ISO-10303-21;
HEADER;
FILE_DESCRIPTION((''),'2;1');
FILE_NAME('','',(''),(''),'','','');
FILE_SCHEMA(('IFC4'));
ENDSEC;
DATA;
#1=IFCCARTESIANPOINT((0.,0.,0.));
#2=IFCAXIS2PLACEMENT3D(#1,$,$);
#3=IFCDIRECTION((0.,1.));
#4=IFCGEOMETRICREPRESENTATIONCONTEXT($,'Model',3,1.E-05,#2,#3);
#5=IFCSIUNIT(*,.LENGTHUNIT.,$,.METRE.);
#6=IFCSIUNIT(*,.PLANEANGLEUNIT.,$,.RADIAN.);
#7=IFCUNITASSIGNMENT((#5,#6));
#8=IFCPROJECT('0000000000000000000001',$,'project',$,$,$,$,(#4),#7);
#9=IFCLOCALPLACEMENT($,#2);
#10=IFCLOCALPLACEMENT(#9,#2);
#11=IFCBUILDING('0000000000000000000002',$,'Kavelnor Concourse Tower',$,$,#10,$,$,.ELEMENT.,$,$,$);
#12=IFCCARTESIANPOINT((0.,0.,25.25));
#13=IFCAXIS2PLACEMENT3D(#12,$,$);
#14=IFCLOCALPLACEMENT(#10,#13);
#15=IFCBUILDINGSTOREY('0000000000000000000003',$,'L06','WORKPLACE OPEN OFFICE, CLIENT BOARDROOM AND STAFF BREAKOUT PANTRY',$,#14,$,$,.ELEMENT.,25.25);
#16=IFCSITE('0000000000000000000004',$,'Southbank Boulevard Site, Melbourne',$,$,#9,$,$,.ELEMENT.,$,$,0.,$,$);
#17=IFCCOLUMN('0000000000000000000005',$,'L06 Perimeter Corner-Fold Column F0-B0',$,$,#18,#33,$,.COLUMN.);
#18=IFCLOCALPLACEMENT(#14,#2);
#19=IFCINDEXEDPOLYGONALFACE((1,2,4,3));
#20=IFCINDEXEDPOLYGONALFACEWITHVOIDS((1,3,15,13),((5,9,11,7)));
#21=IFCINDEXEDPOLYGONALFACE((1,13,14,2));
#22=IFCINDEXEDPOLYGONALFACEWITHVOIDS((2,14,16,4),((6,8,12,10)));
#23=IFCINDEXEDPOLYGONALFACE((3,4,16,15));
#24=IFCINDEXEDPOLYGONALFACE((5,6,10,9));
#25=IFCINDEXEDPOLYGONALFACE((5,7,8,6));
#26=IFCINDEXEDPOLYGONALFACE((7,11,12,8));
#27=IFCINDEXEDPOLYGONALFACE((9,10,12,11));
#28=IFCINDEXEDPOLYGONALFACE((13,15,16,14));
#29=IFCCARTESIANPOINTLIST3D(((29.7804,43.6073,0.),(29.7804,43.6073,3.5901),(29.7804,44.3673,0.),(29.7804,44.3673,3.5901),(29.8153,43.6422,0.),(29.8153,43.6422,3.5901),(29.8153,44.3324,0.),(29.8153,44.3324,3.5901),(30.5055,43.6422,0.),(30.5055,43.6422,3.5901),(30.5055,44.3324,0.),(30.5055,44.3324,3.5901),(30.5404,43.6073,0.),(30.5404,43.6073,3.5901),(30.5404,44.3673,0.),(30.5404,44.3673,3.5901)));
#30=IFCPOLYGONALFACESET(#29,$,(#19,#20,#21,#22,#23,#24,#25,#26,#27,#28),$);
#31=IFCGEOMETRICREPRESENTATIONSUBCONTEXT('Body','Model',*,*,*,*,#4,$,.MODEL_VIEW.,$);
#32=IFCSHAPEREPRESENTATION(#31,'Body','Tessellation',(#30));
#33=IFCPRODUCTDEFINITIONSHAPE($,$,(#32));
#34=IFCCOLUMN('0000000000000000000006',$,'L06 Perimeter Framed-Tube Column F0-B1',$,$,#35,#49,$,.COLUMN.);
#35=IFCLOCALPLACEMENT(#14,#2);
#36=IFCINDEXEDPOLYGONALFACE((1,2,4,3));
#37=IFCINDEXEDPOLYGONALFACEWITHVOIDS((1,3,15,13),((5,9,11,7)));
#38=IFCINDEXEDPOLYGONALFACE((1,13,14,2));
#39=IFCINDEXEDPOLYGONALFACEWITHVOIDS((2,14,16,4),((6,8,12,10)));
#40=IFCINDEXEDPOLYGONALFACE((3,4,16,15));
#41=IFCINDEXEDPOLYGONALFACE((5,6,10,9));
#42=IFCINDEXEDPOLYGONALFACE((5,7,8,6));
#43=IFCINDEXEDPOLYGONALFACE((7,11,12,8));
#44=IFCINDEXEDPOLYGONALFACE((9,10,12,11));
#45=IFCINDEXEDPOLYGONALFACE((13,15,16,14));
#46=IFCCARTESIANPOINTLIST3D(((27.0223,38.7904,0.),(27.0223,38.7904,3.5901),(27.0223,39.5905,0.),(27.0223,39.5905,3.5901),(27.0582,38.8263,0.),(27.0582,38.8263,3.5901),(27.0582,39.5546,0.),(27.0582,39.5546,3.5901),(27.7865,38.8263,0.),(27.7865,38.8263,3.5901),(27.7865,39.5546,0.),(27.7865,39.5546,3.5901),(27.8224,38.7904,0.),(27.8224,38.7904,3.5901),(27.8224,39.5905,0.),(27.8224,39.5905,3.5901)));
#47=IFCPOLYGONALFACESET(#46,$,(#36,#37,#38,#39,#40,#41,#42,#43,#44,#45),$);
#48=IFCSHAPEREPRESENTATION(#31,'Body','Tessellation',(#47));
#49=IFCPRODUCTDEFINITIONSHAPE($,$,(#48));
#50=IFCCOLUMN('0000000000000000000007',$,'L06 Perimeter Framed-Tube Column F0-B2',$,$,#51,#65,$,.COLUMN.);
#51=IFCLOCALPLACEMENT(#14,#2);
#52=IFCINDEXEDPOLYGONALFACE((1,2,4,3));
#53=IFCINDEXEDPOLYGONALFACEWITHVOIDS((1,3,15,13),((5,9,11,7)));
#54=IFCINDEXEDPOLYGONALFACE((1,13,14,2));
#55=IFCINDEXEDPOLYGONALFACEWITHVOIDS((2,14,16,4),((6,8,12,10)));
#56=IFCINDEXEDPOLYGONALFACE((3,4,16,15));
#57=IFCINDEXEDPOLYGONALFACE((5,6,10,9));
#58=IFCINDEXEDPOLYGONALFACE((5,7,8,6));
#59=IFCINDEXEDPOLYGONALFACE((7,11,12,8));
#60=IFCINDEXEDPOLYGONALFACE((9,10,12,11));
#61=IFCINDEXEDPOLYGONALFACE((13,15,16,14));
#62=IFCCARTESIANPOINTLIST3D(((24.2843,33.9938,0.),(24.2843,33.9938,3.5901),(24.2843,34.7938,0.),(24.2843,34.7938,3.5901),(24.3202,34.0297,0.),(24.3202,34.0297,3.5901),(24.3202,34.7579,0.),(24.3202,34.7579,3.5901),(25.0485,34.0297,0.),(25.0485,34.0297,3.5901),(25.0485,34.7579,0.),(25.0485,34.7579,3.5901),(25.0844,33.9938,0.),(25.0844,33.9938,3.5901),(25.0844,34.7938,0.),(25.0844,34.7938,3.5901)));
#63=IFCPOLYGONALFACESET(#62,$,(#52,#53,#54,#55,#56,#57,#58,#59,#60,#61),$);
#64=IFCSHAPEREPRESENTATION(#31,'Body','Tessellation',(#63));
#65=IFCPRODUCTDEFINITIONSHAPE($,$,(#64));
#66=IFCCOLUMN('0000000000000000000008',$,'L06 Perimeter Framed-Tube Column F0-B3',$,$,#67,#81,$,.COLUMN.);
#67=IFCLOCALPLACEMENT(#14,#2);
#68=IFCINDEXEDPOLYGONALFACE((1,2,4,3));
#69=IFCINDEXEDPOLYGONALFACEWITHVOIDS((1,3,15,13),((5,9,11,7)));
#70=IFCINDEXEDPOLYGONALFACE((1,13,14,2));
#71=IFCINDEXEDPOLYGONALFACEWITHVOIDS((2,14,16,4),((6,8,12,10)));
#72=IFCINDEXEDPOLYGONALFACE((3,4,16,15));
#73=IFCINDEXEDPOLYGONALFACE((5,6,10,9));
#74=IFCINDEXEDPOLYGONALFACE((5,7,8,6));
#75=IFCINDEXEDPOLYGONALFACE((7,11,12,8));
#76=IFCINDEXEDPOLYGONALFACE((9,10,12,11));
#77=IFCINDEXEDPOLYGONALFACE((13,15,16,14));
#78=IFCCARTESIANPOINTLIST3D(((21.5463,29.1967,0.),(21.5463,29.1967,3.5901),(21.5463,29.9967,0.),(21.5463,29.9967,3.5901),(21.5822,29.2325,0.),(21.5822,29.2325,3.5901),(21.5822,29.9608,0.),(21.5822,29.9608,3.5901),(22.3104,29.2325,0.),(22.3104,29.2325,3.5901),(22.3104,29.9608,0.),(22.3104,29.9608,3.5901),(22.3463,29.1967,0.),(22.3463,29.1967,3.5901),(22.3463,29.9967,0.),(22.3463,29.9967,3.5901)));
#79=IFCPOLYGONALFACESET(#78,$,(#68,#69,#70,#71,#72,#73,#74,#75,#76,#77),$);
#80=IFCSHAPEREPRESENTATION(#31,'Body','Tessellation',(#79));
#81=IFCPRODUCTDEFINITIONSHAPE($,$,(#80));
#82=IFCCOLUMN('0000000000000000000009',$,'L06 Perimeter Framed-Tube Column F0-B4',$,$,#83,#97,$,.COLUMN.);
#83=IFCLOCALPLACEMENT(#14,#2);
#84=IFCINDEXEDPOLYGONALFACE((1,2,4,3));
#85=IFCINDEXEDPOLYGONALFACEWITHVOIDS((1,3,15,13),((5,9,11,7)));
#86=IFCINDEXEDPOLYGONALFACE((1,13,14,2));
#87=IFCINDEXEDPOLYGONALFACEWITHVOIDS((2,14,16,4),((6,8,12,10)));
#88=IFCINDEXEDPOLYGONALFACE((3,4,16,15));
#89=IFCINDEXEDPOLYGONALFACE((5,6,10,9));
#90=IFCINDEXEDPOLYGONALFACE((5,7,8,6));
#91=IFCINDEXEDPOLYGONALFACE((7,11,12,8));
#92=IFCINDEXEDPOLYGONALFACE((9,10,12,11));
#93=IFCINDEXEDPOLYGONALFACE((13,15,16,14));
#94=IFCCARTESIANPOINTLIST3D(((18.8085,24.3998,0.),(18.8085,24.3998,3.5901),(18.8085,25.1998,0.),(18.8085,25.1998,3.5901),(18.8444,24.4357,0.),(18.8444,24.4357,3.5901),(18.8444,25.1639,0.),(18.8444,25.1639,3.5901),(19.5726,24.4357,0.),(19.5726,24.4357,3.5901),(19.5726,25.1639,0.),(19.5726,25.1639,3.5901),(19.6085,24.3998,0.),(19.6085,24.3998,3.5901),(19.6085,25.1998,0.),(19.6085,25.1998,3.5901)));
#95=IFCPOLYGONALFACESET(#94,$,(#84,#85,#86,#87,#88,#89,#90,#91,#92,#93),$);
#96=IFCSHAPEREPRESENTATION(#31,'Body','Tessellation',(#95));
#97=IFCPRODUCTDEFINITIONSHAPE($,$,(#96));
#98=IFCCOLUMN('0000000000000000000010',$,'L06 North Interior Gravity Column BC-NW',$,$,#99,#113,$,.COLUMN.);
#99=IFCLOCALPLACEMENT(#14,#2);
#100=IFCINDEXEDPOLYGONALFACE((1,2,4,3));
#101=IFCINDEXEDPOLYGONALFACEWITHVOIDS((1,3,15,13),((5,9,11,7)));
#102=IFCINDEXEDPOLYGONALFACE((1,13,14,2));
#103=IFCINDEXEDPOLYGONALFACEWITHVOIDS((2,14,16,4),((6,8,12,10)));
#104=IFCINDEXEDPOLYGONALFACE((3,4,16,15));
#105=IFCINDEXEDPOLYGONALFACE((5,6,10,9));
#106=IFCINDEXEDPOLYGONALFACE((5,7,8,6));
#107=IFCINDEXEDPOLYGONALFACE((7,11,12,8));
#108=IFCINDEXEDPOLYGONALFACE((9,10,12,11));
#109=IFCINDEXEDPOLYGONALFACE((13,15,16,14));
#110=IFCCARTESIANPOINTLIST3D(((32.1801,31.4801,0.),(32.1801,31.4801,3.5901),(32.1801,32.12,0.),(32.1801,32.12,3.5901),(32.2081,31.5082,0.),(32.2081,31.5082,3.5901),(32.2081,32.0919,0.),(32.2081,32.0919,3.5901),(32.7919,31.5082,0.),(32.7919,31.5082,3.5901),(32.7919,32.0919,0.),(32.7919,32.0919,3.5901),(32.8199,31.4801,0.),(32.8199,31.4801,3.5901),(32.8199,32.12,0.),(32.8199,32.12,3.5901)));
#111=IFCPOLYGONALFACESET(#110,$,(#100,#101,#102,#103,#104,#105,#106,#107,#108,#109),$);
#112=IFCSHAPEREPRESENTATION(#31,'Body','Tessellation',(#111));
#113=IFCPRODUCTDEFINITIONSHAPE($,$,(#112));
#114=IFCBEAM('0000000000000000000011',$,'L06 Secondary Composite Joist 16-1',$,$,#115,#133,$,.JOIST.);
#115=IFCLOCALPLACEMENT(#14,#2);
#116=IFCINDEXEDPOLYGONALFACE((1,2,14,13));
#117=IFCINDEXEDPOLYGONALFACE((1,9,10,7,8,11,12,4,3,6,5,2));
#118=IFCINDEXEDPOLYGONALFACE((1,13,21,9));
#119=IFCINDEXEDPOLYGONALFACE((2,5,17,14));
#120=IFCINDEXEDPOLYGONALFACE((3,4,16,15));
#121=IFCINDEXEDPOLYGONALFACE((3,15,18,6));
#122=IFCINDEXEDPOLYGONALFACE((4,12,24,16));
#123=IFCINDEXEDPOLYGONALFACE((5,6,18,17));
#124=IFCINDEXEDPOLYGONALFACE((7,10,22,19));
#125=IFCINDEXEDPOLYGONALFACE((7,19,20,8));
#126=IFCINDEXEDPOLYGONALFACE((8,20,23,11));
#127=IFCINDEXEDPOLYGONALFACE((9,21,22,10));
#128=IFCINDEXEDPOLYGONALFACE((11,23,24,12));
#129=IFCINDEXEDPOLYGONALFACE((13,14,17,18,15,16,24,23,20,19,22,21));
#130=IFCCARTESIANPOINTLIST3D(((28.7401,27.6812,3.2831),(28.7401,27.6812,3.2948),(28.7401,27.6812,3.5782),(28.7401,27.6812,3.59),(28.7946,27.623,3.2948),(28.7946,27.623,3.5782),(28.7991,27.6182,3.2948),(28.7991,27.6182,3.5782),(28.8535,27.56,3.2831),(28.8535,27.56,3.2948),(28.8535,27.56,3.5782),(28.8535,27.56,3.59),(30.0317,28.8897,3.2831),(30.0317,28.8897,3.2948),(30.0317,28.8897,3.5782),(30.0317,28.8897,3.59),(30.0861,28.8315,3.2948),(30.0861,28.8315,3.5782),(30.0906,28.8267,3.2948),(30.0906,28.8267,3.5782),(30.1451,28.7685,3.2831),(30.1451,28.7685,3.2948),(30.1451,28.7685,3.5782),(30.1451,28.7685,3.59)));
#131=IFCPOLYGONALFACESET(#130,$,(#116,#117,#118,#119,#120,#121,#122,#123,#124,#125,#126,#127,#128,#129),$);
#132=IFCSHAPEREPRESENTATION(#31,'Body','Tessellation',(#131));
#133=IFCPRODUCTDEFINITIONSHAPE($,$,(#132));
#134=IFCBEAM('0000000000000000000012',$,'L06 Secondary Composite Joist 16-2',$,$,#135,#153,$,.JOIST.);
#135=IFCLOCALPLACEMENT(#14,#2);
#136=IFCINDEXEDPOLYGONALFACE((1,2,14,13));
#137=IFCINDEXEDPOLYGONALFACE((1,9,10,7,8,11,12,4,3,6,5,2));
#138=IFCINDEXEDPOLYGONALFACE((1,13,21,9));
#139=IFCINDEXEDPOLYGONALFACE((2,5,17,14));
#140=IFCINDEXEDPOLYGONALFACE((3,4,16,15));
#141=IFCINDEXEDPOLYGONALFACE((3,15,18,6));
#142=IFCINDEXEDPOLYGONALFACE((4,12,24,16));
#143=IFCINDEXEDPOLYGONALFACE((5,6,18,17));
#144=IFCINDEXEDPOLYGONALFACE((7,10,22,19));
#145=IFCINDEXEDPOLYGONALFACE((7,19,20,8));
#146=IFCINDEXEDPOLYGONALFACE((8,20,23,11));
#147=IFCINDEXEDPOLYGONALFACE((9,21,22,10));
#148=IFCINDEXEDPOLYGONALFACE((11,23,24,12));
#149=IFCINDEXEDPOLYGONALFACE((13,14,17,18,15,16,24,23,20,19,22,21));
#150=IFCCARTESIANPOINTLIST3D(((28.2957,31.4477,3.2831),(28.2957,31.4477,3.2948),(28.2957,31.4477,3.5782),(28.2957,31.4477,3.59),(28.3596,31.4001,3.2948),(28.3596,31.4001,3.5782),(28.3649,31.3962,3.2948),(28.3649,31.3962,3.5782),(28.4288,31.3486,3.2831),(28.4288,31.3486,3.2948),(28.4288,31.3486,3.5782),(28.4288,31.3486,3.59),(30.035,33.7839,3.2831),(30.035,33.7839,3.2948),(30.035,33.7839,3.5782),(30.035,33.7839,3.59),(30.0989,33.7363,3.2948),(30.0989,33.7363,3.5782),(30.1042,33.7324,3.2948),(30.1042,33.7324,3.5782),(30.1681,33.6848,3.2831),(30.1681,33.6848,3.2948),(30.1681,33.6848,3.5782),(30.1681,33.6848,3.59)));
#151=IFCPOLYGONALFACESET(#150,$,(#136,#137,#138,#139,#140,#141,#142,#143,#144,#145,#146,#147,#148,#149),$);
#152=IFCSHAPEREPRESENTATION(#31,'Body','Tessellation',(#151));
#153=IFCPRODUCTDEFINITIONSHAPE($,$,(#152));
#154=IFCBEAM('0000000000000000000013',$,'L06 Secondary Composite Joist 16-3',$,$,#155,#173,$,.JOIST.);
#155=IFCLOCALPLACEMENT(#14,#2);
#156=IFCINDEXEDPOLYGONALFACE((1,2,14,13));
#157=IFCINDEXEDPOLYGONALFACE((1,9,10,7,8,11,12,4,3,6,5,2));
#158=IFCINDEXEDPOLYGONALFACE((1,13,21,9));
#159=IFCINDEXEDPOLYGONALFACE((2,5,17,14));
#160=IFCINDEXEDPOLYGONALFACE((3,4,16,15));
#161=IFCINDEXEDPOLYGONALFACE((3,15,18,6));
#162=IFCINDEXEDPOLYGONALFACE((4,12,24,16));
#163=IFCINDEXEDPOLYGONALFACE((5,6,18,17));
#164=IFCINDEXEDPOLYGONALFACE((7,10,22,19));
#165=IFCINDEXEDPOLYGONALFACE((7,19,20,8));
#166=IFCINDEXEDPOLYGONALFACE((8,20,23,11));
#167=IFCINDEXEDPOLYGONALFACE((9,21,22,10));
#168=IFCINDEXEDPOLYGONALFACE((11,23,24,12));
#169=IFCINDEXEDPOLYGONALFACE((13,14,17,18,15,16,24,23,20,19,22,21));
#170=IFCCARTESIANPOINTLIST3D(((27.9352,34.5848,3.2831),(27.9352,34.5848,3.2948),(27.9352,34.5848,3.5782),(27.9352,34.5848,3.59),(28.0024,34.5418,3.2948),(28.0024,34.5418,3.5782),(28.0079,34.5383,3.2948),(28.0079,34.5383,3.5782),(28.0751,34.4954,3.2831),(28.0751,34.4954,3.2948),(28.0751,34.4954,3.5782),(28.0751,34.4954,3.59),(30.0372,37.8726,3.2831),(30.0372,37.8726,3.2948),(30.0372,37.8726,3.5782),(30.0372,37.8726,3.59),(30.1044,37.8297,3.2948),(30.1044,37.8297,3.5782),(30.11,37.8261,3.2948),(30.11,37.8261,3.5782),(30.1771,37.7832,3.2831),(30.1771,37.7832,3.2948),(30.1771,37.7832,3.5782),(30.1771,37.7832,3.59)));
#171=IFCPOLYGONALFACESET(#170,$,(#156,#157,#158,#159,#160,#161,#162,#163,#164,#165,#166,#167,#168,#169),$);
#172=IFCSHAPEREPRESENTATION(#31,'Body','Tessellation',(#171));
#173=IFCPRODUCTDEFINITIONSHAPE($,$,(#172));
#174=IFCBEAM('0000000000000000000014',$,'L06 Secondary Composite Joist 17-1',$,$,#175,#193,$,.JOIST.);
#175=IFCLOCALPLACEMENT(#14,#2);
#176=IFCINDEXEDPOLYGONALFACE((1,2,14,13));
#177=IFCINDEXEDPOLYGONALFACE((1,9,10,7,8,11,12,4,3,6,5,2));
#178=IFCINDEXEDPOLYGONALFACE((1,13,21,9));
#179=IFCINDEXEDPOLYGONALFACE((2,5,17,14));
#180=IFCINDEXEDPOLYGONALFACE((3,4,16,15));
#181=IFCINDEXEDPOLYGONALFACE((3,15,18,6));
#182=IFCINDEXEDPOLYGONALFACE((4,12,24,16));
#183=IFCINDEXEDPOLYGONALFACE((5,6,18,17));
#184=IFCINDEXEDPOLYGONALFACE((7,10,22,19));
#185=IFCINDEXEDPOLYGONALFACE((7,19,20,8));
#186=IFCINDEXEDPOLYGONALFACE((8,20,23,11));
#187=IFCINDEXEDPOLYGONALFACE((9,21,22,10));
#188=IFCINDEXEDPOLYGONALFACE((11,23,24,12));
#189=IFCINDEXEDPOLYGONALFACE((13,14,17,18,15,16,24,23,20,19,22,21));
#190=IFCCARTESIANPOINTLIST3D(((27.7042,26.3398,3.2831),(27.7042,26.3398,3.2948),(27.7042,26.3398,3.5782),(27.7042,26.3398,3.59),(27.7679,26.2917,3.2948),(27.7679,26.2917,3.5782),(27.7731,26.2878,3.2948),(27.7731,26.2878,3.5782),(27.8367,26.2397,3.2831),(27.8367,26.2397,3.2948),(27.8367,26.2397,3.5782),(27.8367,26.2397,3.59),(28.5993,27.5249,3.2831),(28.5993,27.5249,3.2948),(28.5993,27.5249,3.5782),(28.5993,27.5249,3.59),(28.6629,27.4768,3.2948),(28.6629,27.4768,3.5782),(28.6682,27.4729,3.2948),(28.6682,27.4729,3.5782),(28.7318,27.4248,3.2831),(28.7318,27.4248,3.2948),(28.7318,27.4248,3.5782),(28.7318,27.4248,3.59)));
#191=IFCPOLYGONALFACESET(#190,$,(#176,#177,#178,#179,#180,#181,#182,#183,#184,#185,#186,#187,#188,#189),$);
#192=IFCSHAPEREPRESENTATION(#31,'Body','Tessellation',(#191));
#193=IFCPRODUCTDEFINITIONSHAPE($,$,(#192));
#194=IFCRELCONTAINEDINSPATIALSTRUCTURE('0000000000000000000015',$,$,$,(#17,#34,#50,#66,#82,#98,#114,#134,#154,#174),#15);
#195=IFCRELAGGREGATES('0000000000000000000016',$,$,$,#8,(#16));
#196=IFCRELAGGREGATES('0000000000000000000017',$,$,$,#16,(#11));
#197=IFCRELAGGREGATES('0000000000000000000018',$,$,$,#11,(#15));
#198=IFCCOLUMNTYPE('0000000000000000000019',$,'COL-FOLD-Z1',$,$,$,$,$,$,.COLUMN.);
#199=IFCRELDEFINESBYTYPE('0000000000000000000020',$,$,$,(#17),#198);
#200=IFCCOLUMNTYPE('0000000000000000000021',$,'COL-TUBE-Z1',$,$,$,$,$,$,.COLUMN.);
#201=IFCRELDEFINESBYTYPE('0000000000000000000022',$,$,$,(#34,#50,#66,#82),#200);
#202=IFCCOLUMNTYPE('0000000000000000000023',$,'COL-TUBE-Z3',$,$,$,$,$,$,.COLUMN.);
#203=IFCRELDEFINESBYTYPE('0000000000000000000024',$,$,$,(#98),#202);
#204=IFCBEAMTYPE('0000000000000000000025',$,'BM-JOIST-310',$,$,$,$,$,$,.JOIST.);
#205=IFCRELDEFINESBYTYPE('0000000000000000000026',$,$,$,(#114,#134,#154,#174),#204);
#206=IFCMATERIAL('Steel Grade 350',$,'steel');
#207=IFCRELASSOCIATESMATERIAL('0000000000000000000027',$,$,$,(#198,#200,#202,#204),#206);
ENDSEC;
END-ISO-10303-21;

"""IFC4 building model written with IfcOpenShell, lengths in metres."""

from ifc_helpers import new_model, si_unit, direction, frame, origin, origin_2d, place, context, subcontext, project, spatial, hollow_rectangle, i_section, extrude, material, material_profile, profile_set, type_object, element, save


model = new_model("IFC4")

# Units and contexts
model_context = context("Model", 3, precision=1e-05, world=origin(), true_north=direction((0.0, 1.0)))
body_context = subcontext(model_context, "Body", "Model", "MODEL_VIEW")
ifc_project = project(units=[si_unit("LENGTHUNIT", "METRE"), si_unit("PLANEANGLEUNIT", "RADIAN")], contexts=[model_context])

# Site, building, storey
site_placement = place(None, origin())
site = spatial("IfcSite", under=ifc_project, at=site_placement, Name="Southbank Boulevard Site, Melbourne", CompositionType="ELEMENT", RefElevation=0.0)
building_placement = place(site_placement, origin())
building = spatial("IfcBuilding", under=site, at=building_placement, Name="Kavelnor Concourse Tower", CompositionType="ELEMENT")
storey_placement = place(building_placement, frame((0.0, 0.0, 25.25)))
storey = spatial("IfcBuildingStorey", under=building, at=storey_placement, Name="L06", Description="WORKPLACE OPEN OFFICE, CLIENT BOARDROOM AND STAFF BREAKOUT PANTRY", CompositionType="ELEMENT", Elevation=25.25)

# Columns
ifc_material_1 = material(Name="Steel Grade 350", Category="steel")
ifc_material_profile_1 = material_profile(ifc_material_1, hollow_rectangle(XDim=0.76, YDim=0.76, WallThickness=0.0349, at=origin_2d()), Name="SHS 760x760x35")
ifc_profile_set_1 = profile_set([ifc_material_profile_1], Name="Steel Grade 350")
column_type_1 = type_object("IfcColumnType", Name="COL-FOLD-Z1", PredefinedType="COLUMN", material=ifc_profile_set_1)
column_1_placement = place(storey_placement, frame((30.1604, 43.9873, 0.0), z_axis=(0.0, 0.0, 1.0), x_axis=(1.0, 0.0, 0.0)))
element("IfcColumn", 1, at=column_1_placement, inside=storey, type_object=column_type_1, Name="L06 Perimeter Corner-Fold Column F0-B0", PredefinedType="COLUMN", context=body_context, shape_type="SweptSolid", body=[
    extrude(hollow_rectangle(XDim=0.76, YDim=0.76, WallThickness=0.0349, at=origin_2d()), origin(), (0.0, 0.0, 1.0), 3.5901),
])
ifc_material_profile_2 = material_profile(ifc_material_1, hollow_rectangle(XDim=0.8, YDim=0.8, WallThickness=0.0359, at=origin_2d()), Name="SHS 800x800x36")
ifc_profile_set_2 = profile_set([ifc_material_profile_2], Name="Steel Grade 350")
column_type_2 = type_object("IfcColumnType", Name="COL-TUBE-Z1", PredefinedType="COLUMN", material=ifc_profile_set_2)
for number, where, z_axis, x_axis, name in (
    (2, (27.4224, 39.1904, 0.0), (0.0, 0.0, 1.0), (1.0, 0.0, 0.0), "L06 Perimeter Framed-Tube Column F0-B1"),
    (3, (24.6843, 34.3938, 0.0), (0.0, 0.0, 1.0), (1.0, 0.0, 0.0), "L06 Perimeter Framed-Tube Column F0-B2"),
    (4, (21.9463, 29.5967, 0.0), (0.0, 0.0, 1.0), (1.0, 0.0, 0.0), "L06 Perimeter Framed-Tube Column F0-B3"),
    (5, (19.2085, 24.7998, 0.0), (0.0, 0.0, 1.0), (1.0, 0.0, 0.0), "L06 Perimeter Framed-Tube Column F0-B4"),
):
    element("IfcColumn", number, at=place(storey_placement, frame(where, z_axis=z_axis, x_axis=x_axis)), inside=storey, type_object=column_type_2, Name=name, PredefinedType="COLUMN", context=body_context, shape_type="SweptSolid", body=[
        extrude(hollow_rectangle(XDim=0.8, YDim=0.8, WallThickness=0.0359, at=origin_2d()), origin(), (0.0, 0.0, 1.0), 3.5901),
    ])
ifc_material_profile_3 = material_profile(ifc_material_1, hollow_rectangle(XDim=0.6399, YDim=0.6399, WallThickness=0.0281, at=origin_2d()), Name="SHS 640x640x28")
ifc_profile_set_3 = profile_set([ifc_material_profile_3], Name="Steel Grade 350")
column_type_3 = type_object("IfcColumnType", Name="COL-TUBE-Z3", PredefinedType="COLUMN", material=ifc_profile_set_3)
column_2_placement = place(storey_placement, frame((32.5, 31.8, 0.0), z_axis=(0.0, 0.0, 1.0), x_axis=(1.0, 0.0, 0.0)))
element("IfcColumn", 6, at=column_2_placement, inside=storey, type_object=column_type_3, Name="L06 North Interior Gravity Column BC-NW", PredefinedType="COLUMN", context=body_context, shape_type="SweptSolid", body=[
    extrude(hollow_rectangle(XDim=0.6399, YDim=0.6399, WallThickness=0.0281, at=origin_2d()), origin(), (0.0, 0.0, 1.0), 3.5901),
])

# Beams
ifc_material_profile_4 = material_profile(ifc_material_1, i_section(OverallWidth=0.166, OverallDepth=0.3069, WebThickness=0.0066, FlangeThickness=0.0117, at=origin_2d()), Name="310UB46")
ifc_profile_set_4 = profile_set([ifc_material_profile_4], Name="Steel Grade 350")
beam_type_1 = type_object("IfcBeamType", Name="BM-JOIST-310", PredefinedType="JOIST", material=ifc_profile_set_4)
beam_1_placement = place(storey_placement, frame((30.0884, 28.8291, 3.4365), z_axis=(-0.730183, -0.683252, 0.0), x_axis=(0.683252, -0.730183, 0.0)))
element("IfcBeam", 7, at=beam_1_placement, inside=storey, type_object=beam_type_1, Name="L06 Secondary Composite Joist 16-1", PredefinedType="JOIST", context=body_context, shape_type="SweptSolid", body=[
    extrude(i_section(OverallWidth=0.166, OverallDepth=0.3069, WebThickness=0.0066, FlangeThickness=0.0117, at=origin_2d()), origin(), (0.0, 0.0, 1.0), 1.7688),
])
beam_2_placement = place(storey_placement, frame((30.1016, 33.7344, 3.4365), z_axis=(-0.597166, -0.802117, 0.0), x_axis=(0.802117, -0.597166, 0.0)))
element("IfcBeam", 8, at=beam_2_placement, inside=storey, type_object=beam_type_1, Name="L06 Secondary Composite Joist 16-2", PredefinedType="JOIST", context=body_context, shape_type="SweptSolid", body=[
    extrude(i_section(OverallWidth=0.166, OverallDepth=0.3069, WebThickness=0.0066, FlangeThickness=0.0117, at=origin_2d()), origin(), (0.0, 0.0, 1.0), 2.9126),
])
beam_3_placement = place(storey_placement, frame((30.1072, 37.8279, 3.4365), z_axis=(-0.53866, -0.842524, 0.0), x_axis=(0.842524, -0.53866, 0.0)))
element("IfcBeam", 9, at=beam_3_placement, inside=storey, type_object=beam_type_1, Name="L06 Secondary Composite Joist 16-3", PredefinedType="JOIST", context=body_context, shape_type="SweptSolid", body=[
    extrude(i_section(OverallWidth=0.166, OverallDepth=0.3069, WebThickness=0.0066, FlangeThickness=0.0117, at=origin_2d()), origin(), (0.0, 0.0, 1.0), 3.9023),
])
beam_4_placement = place(storey_placement, frame((28.6655, 27.4749, 3.4365), z_axis=(-0.60268, -0.797983, 0.0), x_axis=(0.797983, -0.60268, 0.0)))
element("IfcBeam", 10, at=beam_4_placement, inside=storey, type_object=beam_type_1, Name="L06 Secondary Composite Joist 17-1", PredefinedType="JOIST", context=body_context, shape_type="SweptSolid", body=[
    extrude(i_section(OverallWidth=0.166, OverallDepth=0.3069, WebThickness=0.0066, FlangeThickness=0.0117, at=origin_2d()), origin(), (0.0, 0.0, 1.0), 1.4851),
])

save(model, "model.ifc")
